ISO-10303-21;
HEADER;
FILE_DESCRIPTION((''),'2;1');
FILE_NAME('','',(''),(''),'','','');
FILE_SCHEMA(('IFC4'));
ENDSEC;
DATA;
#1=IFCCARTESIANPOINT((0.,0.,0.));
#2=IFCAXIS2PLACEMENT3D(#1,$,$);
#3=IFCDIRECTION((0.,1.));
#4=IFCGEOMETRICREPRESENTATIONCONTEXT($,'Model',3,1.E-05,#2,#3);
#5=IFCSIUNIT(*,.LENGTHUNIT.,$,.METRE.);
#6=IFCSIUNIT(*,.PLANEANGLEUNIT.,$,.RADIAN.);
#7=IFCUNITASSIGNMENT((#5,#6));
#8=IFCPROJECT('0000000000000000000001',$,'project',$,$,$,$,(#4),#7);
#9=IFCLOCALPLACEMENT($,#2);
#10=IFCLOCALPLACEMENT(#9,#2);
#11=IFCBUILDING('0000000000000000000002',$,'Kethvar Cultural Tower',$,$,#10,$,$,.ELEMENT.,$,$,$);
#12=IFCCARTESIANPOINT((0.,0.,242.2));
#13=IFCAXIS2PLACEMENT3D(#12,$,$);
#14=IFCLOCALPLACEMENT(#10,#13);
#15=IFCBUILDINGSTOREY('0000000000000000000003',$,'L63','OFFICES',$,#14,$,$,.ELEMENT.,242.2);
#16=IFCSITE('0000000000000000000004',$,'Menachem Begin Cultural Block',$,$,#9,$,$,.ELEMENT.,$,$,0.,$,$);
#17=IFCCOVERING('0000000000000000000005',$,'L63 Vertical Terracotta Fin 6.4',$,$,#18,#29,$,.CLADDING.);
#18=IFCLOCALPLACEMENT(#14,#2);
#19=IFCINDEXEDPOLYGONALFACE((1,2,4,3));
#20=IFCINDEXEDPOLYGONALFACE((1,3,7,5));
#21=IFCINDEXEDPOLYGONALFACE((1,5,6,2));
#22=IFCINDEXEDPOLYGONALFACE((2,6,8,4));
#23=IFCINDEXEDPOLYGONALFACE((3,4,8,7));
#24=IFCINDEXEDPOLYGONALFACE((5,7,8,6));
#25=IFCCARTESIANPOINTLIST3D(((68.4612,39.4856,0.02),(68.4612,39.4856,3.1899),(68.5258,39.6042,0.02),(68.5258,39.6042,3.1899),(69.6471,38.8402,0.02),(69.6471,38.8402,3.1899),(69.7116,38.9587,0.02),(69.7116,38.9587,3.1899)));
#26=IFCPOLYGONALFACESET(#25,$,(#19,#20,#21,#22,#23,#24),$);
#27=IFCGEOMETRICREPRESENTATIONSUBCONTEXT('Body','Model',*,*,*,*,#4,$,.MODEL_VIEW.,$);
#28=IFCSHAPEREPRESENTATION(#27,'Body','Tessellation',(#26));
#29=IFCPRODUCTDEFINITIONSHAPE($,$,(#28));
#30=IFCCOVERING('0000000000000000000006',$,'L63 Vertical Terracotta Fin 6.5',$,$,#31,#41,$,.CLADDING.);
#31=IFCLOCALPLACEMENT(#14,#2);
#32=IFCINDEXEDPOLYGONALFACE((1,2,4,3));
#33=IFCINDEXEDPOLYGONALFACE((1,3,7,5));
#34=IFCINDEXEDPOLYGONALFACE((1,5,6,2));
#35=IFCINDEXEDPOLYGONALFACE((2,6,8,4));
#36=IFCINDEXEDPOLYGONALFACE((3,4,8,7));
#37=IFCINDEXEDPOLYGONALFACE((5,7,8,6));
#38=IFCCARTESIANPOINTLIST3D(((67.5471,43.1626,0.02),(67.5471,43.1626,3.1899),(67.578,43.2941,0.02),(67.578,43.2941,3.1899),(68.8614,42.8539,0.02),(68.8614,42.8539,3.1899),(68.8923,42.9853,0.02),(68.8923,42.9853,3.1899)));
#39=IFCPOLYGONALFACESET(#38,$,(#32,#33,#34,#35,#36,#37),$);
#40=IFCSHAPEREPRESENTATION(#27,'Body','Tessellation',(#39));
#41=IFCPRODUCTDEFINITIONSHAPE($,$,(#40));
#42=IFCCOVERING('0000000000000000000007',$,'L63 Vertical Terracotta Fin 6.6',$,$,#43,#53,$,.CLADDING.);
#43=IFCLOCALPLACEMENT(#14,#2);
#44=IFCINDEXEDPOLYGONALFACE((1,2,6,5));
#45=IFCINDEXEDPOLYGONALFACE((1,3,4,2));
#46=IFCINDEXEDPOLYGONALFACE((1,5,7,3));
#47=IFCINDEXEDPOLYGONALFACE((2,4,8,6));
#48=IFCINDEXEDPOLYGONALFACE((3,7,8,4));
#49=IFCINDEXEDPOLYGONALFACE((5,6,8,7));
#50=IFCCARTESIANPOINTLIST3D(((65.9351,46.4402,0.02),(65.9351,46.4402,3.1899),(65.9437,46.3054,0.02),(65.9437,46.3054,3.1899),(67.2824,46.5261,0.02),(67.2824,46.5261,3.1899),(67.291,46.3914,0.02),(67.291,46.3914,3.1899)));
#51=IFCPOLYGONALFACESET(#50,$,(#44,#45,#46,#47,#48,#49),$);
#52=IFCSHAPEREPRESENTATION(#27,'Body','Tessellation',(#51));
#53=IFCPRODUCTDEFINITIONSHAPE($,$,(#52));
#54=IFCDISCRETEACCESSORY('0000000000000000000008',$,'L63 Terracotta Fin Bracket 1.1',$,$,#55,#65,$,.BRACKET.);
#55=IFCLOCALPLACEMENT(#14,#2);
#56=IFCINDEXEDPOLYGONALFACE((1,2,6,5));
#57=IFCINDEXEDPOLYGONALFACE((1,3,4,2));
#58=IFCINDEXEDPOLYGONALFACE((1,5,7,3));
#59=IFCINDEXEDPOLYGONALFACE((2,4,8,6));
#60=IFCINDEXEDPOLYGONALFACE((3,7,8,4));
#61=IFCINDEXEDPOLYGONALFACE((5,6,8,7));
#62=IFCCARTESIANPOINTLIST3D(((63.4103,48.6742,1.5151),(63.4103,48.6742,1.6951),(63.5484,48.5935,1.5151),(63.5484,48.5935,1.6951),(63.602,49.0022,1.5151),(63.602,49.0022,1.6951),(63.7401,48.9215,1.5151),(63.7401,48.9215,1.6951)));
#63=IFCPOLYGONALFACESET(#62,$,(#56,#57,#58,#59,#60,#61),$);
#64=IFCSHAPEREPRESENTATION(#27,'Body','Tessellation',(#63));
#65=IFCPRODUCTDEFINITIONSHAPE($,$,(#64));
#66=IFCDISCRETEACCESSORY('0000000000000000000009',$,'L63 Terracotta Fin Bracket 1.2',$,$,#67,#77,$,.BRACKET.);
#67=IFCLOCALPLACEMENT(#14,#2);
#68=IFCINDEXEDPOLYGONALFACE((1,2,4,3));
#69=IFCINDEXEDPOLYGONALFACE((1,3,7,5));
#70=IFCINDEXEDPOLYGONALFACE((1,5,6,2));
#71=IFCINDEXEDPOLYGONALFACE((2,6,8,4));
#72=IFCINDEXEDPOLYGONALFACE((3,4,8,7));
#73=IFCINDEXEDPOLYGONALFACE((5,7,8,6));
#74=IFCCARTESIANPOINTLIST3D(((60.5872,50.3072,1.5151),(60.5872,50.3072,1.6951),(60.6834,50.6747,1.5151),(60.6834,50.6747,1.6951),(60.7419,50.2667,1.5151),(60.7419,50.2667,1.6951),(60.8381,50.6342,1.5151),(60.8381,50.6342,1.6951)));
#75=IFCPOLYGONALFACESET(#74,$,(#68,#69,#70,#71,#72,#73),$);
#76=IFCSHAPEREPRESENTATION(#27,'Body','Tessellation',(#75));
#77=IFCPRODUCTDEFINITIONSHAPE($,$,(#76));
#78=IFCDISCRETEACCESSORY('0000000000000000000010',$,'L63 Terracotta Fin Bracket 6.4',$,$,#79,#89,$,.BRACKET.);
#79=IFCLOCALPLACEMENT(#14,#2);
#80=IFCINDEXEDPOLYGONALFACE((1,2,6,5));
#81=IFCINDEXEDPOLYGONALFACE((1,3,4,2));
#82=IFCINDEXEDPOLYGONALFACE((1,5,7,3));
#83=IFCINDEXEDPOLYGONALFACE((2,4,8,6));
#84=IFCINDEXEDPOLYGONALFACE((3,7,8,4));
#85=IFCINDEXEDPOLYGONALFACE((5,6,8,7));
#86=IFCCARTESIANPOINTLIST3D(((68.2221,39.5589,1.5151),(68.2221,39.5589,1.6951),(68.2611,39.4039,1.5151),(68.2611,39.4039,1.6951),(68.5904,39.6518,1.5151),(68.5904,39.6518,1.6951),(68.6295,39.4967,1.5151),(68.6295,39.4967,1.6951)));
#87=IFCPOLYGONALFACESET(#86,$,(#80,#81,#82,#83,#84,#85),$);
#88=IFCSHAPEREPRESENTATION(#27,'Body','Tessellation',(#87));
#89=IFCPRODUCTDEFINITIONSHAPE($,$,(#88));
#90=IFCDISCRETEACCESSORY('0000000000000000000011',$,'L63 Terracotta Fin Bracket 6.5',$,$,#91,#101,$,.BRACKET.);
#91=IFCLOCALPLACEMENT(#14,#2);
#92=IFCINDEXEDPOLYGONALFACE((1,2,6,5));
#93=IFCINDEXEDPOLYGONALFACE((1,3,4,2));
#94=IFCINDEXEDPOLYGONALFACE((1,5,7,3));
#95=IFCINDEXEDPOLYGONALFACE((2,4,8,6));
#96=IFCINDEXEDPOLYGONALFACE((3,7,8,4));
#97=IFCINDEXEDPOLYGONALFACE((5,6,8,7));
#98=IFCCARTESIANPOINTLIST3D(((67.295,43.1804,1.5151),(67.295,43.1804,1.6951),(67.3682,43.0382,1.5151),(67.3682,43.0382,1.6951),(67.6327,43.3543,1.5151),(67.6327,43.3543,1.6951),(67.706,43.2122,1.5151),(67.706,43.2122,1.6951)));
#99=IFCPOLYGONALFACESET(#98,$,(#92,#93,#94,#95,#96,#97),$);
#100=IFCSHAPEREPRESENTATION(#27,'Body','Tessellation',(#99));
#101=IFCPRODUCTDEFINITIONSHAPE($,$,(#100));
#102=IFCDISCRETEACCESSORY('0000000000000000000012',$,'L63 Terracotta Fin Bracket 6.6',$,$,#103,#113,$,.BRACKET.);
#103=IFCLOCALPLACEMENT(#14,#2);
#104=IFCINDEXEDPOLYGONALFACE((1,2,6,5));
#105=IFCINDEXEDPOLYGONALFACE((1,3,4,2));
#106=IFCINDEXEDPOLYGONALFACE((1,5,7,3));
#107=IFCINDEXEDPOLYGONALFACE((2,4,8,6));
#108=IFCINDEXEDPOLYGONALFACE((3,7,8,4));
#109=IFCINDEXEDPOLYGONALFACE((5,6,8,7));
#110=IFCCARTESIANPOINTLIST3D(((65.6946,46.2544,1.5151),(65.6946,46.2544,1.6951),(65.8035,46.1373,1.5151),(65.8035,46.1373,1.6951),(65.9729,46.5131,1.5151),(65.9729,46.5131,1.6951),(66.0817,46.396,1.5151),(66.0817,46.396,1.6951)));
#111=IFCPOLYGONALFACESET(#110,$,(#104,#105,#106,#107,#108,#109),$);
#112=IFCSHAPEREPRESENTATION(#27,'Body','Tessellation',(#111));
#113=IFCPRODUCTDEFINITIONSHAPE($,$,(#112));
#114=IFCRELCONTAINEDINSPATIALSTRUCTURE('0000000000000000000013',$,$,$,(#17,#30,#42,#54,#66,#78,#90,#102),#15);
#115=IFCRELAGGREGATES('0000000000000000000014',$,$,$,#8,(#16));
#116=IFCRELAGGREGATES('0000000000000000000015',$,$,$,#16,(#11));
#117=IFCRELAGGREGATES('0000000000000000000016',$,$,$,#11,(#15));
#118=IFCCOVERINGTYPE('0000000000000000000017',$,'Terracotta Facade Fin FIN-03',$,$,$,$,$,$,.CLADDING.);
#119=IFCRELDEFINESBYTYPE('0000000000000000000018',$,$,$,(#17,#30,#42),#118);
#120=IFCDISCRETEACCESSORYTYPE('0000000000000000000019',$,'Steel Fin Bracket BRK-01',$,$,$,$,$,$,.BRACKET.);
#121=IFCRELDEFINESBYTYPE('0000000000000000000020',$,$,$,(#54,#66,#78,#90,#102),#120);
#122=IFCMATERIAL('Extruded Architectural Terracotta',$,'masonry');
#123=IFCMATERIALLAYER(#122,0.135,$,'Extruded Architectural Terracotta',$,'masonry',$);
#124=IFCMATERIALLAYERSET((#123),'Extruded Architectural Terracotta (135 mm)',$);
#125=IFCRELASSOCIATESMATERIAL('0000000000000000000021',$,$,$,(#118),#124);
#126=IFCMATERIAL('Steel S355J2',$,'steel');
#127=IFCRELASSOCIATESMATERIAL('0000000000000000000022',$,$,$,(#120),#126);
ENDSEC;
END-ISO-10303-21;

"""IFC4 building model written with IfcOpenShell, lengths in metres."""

from ifc_helpers import new_model, si_unit, direction, frame, origin, origin_2d, place, context, subcontext, project, spatial, rectangle, extrude, source, transform, mapped, material, layer, layer_set, type_object, element, save


model = new_model("IFC4")

# Units and contexts
model_context = context("Model", 3, precision=1e-05, world=origin(), true_north=direction((0.0, 1.0)))
body_context = subcontext(model_context, "Body", "Model", "MODEL_VIEW")
ifc_project = project(units=[si_unit("LENGTHUNIT", "METRE"), si_unit("PLANEANGLEUNIT", "RADIAN")], contexts=[model_context])

# Site, building, storey
site_placement = place(None, origin())
site = spatial("IfcSite", under=ifc_project, at=site_placement, Name="Menachem Begin Cultural Block", CompositionType="ELEMENT", RefElevation=0.0)
building_placement = place(site_placement, origin())
building = spatial("IfcBuilding", under=site, at=building_placement, Name="Kethvar Cultural Tower", CompositionType="ELEMENT")
storey_placement = place(building_placement, frame((0.0, 0.0, 242.2)))
storey = spatial("IfcBuildingStorey", under=building, at=storey_placement, Name="L63", Description="OFFICES", CompositionType="ELEMENT", Elevation=242.2)

# Shared definitions
ifc_material_1 = material(Name="Steel S355J2", Category="steel")

# Coverings
ifc_material_2 = material(Name="Extruded Architectural Terracotta", Category="masonry")
ifc_layer_1 = layer(ifc_material_2, 0.135, Name="Extruded Architectural Terracotta", Category="masonry")
ifc_layer_set_1 = layer_set([ifc_layer_1], Name="Extruded Architectural Terracotta (135 mm)")
covering_type = type_object("IfcCoveringType", Name="Terracotta Facade Fin FIN-03", PredefinedType="CLADDING", material=ifc_layer_set_1)
shared_shape_1 = source(origin(), body_context, "Body", "SweptSolid", [
    extrude(rectangle(XDim=1.3501, YDim=0.135, at=origin_2d()), origin(), (0.0, 0.0, 1.0), 3.1699),
])
for number, where, z_axis, x_axis, name in (
    (1, (69.0864, 39.2222, 0.02), (0.0, 0.0, 1.0), (0.878317, -0.478079, 0.0), "L63 Vertical Terracotta Fin 6.4"),
    (2, (68.2197, 43.074, 0.02), (0.0, 0.0, 1.0), (0.973499, -0.228691, 0.0), "L63 Vertical Terracotta Fin 6.5"),
    (3, (66.613, 46.4158, 0.02), (0.0, 0.0, 1.0), (0.997972, 0.063661, 0.0), "L63 Vertical Terracotta Fin 6.6"),
):
    element("IfcCovering", number, at=place(storey_placement, frame(where, z_axis=z_axis, x_axis=x_axis)), inside=storey, type_object=covering_type, Name=name, PredefinedType="CLADDING", context=body_context, shape_type="MappedRepresentation", body=[
        mapped(shared_shape_1, transform((0.0, 0.0, 0.0), scale=1.0)),
    ])

# Discrete accessories
discrete_accessory_type = type_object("IfcDiscreteAccessoryType", Name="Steel Fin Bracket BRK-01", PredefinedType="BRACKET", material=ifc_material_1)
shared_shape_2 = source(origin(), body_context, "Body", "SweptSolid", [
    extrude(rectangle(XDim=0.3799, YDim=0.1599, at=origin_2d()), origin(), (0.0, 0.0, 1.0), 0.1799),
])
for number, where, z_axis, x_axis, name in (
    (4, (63.5752, 48.7979, 1.5151), (0.0, 0.0, 1.0), (0.504678, 0.863307, 0.0), "L63 Terracotta Fin Bracket 1.1"),
    (5, (60.7126, 50.4707, 1.5151), (0.0, 0.0, 1.0), (0.253083, 0.967445, 0.0), "L63 Terracotta Fin Bracket 1.2"),
    (6, (68.4258, 39.5278, 1.5151), (0.0, 0.0, 1.0), (0.969659, 0.244461, 0.0), "L63 Terracotta Fin Bracket 6.4"),
    (7, (67.5005, 43.1963, 1.5151), (0.0, 0.0, 1.0), (0.889017, 0.457874, 0.0), "L63 Terracotta Fin Bracket 6.5"),
    (8, (65.8882, 46.3252, 1.5151), (0.0, 0.0, 1.0), (0.732424, 0.680849, 0.0), "L63 Terracotta Fin Bracket 6.6"),
):
    element("IfcDiscreteAccessory", number, at=place(storey_placement, frame(where, z_axis=z_axis, x_axis=x_axis)), inside=storey, type_object=discrete_accessory_type, Name=name, PredefinedType="BRACKET", context=body_context, shape_type="MappedRepresentation", body=[
        mapped(shared_shape_2, transform((0.0, 0.0, 0.0), scale=1.0)),
    ])

save(model, "model.ifc")
